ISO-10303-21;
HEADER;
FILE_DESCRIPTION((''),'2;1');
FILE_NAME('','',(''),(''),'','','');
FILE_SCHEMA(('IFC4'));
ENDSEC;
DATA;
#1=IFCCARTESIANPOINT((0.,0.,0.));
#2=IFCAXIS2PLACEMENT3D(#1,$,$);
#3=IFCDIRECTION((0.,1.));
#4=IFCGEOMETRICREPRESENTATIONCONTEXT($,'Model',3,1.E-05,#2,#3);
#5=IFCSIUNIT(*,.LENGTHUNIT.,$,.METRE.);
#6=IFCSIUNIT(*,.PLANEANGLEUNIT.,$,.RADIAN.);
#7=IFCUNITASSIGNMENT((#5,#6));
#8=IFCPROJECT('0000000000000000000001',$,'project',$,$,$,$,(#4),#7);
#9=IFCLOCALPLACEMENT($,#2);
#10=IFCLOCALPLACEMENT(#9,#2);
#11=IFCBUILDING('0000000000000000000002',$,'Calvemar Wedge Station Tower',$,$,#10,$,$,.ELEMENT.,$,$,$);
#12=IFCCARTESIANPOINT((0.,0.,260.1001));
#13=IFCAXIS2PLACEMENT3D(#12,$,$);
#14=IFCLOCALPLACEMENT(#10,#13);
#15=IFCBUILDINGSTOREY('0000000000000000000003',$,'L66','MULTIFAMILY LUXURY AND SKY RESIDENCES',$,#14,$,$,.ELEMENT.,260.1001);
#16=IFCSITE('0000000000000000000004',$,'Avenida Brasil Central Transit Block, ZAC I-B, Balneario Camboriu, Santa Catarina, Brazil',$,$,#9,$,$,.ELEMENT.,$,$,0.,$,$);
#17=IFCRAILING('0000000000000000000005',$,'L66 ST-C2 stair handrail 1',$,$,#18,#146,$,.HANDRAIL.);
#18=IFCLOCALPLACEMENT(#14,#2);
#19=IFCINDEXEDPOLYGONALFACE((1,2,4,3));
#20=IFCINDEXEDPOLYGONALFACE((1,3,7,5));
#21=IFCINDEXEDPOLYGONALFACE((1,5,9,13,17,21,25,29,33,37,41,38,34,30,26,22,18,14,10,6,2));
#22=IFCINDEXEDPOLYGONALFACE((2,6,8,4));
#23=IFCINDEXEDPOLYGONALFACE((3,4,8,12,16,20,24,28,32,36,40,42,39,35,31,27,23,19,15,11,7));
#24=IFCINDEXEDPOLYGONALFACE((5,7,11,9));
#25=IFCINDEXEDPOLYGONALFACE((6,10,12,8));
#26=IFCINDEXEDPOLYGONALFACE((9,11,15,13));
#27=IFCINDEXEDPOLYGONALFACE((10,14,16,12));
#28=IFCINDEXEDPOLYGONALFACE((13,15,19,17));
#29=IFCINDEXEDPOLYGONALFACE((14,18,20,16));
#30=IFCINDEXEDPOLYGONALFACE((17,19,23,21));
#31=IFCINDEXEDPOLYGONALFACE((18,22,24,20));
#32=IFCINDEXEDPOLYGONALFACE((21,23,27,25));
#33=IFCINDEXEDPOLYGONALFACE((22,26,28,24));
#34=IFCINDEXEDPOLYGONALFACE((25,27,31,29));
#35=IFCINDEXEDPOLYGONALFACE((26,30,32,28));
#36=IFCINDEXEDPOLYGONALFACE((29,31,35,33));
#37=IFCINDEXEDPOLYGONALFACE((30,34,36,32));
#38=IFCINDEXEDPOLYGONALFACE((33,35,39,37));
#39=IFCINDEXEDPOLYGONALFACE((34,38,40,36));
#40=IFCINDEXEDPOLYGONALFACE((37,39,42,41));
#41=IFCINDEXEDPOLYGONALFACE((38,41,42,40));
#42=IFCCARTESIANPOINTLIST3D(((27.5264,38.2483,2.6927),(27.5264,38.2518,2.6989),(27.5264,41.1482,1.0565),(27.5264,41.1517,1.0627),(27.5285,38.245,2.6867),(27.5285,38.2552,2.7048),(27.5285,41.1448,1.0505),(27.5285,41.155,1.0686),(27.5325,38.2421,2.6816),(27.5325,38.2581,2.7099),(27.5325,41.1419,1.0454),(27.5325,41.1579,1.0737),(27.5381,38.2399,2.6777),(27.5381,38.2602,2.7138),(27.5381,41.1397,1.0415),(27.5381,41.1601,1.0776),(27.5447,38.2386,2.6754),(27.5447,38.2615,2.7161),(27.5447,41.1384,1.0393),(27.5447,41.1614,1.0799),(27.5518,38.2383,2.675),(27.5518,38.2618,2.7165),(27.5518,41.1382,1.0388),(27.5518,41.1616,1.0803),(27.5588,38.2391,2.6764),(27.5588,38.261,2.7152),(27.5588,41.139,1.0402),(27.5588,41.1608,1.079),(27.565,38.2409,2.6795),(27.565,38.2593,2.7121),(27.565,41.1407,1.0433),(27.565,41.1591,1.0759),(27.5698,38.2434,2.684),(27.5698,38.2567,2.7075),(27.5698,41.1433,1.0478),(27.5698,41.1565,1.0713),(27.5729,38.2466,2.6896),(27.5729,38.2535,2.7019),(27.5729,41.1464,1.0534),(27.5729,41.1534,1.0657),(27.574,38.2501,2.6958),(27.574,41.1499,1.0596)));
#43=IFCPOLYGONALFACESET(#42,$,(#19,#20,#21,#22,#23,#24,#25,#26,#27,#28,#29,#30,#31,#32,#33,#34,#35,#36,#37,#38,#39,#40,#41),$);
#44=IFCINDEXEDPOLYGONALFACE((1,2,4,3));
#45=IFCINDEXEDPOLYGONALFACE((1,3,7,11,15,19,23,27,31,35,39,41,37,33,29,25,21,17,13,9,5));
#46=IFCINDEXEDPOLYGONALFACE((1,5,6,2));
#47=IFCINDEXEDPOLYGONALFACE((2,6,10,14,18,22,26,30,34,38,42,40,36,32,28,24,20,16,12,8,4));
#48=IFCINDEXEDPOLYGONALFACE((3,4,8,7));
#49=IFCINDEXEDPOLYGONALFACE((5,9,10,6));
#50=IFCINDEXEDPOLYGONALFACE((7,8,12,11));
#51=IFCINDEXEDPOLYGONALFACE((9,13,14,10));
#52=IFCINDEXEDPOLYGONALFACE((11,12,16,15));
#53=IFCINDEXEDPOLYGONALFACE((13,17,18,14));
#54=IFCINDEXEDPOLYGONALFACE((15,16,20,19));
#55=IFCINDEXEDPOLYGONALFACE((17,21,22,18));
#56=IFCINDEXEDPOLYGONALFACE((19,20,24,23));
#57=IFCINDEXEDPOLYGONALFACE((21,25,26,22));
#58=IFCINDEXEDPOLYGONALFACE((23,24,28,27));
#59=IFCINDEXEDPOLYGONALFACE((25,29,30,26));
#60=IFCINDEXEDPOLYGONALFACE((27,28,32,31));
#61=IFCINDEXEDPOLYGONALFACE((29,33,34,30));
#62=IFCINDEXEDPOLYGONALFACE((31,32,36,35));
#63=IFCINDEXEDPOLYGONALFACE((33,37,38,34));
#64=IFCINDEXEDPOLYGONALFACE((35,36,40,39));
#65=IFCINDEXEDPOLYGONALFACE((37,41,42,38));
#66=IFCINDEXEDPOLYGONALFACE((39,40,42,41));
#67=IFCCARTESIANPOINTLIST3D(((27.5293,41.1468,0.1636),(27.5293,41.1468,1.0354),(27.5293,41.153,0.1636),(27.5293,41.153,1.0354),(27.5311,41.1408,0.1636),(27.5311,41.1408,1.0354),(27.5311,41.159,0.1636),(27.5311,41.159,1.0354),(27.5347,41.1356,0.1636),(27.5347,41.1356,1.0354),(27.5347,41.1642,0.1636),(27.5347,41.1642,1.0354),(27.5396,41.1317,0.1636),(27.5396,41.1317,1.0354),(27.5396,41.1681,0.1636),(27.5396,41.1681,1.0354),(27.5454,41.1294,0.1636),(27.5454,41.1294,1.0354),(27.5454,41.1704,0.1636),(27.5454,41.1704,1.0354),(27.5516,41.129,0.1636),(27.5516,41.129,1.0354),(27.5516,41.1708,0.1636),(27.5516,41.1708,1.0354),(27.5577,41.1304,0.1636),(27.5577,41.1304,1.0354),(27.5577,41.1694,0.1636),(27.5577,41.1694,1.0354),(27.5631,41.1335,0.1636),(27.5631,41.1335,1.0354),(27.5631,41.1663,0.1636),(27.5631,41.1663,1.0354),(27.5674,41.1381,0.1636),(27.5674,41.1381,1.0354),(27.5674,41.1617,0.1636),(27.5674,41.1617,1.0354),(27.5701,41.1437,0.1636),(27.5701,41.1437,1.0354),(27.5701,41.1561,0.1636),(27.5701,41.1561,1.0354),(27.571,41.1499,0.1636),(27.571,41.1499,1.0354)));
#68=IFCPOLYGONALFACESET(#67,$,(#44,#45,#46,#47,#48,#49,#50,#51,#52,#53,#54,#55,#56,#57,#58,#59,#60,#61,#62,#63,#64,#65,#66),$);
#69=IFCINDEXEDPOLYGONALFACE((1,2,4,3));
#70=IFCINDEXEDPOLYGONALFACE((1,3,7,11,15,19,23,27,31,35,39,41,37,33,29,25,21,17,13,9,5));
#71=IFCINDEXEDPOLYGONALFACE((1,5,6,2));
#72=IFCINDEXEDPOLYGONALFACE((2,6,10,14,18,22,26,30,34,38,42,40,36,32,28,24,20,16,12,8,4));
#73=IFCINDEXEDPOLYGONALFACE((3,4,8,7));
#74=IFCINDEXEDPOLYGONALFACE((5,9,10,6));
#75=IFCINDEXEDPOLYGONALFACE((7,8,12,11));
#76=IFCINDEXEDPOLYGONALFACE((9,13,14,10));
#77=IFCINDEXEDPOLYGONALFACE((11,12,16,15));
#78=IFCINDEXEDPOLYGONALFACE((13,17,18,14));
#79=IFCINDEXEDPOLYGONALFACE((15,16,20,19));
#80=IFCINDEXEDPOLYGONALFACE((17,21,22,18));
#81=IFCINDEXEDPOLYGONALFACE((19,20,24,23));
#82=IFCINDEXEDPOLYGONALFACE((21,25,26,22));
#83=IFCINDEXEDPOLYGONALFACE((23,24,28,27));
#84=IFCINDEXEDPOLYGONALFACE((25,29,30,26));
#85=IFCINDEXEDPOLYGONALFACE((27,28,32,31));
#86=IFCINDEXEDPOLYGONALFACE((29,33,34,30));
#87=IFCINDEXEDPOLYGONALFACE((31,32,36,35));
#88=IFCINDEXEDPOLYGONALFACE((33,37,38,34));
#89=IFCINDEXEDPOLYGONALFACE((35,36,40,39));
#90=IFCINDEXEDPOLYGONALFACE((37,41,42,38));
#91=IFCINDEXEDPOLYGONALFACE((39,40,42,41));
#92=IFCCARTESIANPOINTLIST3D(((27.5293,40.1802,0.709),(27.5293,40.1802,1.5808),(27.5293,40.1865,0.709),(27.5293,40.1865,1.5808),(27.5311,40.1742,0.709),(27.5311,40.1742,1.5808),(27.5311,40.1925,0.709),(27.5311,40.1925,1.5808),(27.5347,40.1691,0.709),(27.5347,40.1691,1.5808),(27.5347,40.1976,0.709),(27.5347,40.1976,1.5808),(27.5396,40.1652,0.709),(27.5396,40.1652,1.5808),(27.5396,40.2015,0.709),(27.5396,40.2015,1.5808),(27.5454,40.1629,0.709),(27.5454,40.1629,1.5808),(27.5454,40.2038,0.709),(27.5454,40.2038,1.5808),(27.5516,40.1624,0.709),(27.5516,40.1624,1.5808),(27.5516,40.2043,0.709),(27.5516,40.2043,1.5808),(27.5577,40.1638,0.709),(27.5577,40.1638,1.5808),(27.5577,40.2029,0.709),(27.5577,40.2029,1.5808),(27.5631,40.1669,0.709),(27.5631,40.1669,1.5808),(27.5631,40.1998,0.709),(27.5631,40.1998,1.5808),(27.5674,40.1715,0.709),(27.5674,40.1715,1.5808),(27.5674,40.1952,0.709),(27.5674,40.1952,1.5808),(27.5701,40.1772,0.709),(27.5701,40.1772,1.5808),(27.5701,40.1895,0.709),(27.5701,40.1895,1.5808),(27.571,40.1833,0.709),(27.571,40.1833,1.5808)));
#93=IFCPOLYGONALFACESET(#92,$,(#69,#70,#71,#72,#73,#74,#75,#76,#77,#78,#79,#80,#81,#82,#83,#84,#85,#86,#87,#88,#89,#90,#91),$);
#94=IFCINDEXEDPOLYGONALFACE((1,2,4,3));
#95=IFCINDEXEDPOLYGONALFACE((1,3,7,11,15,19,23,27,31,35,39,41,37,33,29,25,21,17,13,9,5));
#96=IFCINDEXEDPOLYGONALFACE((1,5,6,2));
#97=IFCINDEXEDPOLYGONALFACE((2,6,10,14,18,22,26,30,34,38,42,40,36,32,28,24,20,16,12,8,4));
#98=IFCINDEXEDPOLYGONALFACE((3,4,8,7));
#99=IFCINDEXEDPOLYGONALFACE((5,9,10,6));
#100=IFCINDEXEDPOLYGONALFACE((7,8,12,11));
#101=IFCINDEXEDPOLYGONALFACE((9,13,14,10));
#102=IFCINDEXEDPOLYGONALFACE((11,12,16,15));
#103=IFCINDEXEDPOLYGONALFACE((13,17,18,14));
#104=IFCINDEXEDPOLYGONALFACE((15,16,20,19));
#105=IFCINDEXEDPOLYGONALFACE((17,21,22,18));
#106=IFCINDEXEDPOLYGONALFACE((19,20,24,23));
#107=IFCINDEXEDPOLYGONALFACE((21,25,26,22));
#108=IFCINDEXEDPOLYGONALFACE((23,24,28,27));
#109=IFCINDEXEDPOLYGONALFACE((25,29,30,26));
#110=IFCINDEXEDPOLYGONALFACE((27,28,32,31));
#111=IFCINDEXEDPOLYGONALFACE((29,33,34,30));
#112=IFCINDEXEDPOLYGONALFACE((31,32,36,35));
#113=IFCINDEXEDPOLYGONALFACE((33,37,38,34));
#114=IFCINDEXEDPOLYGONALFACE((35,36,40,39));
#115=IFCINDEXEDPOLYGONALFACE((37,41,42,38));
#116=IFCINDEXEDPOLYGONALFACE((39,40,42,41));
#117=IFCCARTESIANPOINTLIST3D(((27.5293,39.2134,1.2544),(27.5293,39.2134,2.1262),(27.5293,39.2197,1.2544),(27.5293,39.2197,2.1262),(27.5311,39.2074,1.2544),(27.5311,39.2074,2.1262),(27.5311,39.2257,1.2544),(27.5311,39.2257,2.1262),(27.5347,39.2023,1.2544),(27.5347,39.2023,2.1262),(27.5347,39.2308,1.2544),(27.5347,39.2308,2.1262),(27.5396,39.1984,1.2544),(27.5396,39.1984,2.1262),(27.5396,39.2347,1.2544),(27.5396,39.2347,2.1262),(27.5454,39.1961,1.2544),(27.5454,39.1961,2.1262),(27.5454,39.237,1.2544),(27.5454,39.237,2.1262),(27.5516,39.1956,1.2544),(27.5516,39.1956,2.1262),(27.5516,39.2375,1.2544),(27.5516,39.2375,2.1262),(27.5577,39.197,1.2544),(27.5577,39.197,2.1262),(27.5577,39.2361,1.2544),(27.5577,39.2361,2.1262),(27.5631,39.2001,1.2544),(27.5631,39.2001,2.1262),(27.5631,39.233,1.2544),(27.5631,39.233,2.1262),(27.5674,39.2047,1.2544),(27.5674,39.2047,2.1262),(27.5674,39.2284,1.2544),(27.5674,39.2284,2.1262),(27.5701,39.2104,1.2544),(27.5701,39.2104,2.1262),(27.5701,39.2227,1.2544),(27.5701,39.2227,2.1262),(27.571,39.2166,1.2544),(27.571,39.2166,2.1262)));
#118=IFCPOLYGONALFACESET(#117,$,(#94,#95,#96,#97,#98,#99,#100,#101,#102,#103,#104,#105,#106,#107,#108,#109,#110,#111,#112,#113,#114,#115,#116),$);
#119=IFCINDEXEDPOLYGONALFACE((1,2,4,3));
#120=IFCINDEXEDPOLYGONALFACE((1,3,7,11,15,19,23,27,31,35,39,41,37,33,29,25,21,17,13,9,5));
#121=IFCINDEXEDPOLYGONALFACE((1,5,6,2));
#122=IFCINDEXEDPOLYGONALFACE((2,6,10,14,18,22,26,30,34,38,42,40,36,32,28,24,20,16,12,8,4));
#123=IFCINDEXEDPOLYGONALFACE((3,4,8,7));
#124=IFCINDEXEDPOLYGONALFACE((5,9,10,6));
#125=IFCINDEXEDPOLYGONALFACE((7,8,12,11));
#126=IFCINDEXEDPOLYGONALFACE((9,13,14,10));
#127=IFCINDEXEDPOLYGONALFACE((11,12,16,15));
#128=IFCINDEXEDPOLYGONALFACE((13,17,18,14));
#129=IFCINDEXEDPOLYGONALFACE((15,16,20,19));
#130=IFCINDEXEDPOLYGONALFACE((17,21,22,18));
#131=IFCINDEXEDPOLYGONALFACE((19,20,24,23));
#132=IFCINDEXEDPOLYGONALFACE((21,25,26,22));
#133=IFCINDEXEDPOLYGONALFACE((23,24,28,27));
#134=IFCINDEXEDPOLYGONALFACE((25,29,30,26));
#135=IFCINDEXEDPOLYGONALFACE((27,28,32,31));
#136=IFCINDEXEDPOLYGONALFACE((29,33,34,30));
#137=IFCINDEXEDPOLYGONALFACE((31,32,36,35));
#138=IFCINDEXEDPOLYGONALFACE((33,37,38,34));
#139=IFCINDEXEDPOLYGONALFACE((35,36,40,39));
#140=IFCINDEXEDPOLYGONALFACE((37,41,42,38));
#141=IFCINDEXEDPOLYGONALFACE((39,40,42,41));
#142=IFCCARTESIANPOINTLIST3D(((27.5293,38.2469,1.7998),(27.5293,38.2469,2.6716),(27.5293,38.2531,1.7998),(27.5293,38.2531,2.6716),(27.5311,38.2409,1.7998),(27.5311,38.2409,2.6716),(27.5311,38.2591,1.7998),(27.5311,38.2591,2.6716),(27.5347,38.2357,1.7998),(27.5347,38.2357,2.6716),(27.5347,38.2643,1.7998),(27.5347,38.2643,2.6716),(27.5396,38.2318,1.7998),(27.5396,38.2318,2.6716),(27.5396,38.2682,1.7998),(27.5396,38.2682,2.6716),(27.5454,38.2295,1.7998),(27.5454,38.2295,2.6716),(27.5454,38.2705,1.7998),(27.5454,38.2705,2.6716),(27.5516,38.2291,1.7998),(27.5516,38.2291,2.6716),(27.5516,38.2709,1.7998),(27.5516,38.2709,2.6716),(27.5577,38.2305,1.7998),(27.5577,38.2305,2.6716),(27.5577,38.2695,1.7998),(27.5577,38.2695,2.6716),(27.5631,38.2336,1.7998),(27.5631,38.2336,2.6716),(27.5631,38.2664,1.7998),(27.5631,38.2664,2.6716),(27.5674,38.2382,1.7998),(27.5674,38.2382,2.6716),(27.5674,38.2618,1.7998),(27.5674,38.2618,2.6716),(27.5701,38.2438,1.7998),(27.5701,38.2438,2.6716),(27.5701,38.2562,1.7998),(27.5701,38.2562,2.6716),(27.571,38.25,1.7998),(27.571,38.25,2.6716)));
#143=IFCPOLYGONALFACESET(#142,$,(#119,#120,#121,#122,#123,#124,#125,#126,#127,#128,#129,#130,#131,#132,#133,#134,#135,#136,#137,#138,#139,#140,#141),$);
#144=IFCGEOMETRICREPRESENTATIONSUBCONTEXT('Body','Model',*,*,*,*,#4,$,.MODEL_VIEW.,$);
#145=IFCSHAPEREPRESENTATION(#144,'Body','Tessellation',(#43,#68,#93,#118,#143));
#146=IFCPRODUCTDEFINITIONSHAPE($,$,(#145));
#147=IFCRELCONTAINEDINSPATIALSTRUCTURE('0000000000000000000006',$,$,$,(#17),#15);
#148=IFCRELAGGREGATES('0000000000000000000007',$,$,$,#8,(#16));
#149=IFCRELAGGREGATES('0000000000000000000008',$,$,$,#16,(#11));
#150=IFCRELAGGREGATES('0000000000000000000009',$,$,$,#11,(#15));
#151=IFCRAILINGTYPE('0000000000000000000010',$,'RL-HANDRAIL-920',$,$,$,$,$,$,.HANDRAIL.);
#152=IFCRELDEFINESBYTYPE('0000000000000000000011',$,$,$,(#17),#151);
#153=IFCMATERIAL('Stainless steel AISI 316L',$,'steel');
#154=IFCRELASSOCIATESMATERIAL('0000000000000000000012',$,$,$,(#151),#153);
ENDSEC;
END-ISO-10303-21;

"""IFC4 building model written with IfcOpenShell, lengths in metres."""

from ifc_helpers import new_model, si_unit, direction, frame, origin, origin_2d, place, context, subcontext, project, spatial, circle, extrude, material, type_object, element, save


model = new_model("IFC4")

# Units and contexts
model_context = context("Model", 3, precision=1e-05, world=origin(), true_north=direction((0.0, 1.0)))
body_context = subcontext(model_context, "Body", "Model", "MODEL_VIEW")
ifc_project = project(units=[si_unit("LENGTHUNIT", "METRE"), si_unit("PLANEANGLEUNIT", "RADIAN")], contexts=[model_context])

# Site, building, storey
site_placement = place(None, origin())
site = spatial("IfcSite", under=ifc_project, at=site_placement, Name="Avenida Brasil Central Transit Block, ZAC I-B, Balneario Camboriu, Santa Catarina, Brazil", CompositionType="ELEMENT", RefElevation=0.0)
building_placement = place(site_placement, origin())
building = spatial("IfcBuilding", under=site, at=building_placement, Name="Calvemar Wedge Station Tower", CompositionType="ELEMENT")
storey_placement = place(building_placement, frame((0.0, 0.0, 260.1001)))
storey = spatial("IfcBuildingStorey", under=building, at=storey_placement, Name="L66", Description="MULTIFAMILY LUXURY AND SKY RESIDENCES", CompositionType="ELEMENT", Elevation=260.1001)

# Railing
ifc_material_1 = material(Name="Stainless steel AISI 316L", Category="steel")
railing_type_1 = type_object("IfcRailingType", Name="RL-HANDRAIL-920", PredefinedType="HANDRAIL", material=ifc_material_1)
railing_1_placement = place(storey_placement, frame((27.55, 41.1499, 0.1636)))
element("IfcRailing", 1, at=railing_1_placement, inside=storey, type_object=railing_type_1, Name="L66 ST-C2 stair handrail 1", PredefinedType="HANDRAIL", context=body_context, shape_type="SweptSolid", body=[
    extrude(circle(Radius=0.0239, at=origin_2d()), frame((0.0, 0.0, 0.896), z_axis=(0.0, -0.870929, 0.49141), x_axis=(1.0, 0.0, 0.0)), (0.0, 0.0, 1.0), 3.3296),
    extrude(circle(Radius=0.021, at=origin_2d()), origin(), (0.0, 0.0, 1.0), 0.8718),
    extrude(circle(Radius=0.021, at=origin_2d()), frame((0.0, -0.9666, 0.5454)), (0.0, 0.0, 1.0), 0.8718),
    extrude(circle(Radius=0.021, at=origin_2d()), frame((0.0, -1.9333, 1.0908)), (0.0, 0.0, 1.0), 0.8718),
    extrude(circle(Radius=0.021, at=origin_2d()), frame((0.0, -2.8999, 1.6362)), (0.0, 0.0, 1.0), 0.8718),
])

save(model, "model.ifc")
